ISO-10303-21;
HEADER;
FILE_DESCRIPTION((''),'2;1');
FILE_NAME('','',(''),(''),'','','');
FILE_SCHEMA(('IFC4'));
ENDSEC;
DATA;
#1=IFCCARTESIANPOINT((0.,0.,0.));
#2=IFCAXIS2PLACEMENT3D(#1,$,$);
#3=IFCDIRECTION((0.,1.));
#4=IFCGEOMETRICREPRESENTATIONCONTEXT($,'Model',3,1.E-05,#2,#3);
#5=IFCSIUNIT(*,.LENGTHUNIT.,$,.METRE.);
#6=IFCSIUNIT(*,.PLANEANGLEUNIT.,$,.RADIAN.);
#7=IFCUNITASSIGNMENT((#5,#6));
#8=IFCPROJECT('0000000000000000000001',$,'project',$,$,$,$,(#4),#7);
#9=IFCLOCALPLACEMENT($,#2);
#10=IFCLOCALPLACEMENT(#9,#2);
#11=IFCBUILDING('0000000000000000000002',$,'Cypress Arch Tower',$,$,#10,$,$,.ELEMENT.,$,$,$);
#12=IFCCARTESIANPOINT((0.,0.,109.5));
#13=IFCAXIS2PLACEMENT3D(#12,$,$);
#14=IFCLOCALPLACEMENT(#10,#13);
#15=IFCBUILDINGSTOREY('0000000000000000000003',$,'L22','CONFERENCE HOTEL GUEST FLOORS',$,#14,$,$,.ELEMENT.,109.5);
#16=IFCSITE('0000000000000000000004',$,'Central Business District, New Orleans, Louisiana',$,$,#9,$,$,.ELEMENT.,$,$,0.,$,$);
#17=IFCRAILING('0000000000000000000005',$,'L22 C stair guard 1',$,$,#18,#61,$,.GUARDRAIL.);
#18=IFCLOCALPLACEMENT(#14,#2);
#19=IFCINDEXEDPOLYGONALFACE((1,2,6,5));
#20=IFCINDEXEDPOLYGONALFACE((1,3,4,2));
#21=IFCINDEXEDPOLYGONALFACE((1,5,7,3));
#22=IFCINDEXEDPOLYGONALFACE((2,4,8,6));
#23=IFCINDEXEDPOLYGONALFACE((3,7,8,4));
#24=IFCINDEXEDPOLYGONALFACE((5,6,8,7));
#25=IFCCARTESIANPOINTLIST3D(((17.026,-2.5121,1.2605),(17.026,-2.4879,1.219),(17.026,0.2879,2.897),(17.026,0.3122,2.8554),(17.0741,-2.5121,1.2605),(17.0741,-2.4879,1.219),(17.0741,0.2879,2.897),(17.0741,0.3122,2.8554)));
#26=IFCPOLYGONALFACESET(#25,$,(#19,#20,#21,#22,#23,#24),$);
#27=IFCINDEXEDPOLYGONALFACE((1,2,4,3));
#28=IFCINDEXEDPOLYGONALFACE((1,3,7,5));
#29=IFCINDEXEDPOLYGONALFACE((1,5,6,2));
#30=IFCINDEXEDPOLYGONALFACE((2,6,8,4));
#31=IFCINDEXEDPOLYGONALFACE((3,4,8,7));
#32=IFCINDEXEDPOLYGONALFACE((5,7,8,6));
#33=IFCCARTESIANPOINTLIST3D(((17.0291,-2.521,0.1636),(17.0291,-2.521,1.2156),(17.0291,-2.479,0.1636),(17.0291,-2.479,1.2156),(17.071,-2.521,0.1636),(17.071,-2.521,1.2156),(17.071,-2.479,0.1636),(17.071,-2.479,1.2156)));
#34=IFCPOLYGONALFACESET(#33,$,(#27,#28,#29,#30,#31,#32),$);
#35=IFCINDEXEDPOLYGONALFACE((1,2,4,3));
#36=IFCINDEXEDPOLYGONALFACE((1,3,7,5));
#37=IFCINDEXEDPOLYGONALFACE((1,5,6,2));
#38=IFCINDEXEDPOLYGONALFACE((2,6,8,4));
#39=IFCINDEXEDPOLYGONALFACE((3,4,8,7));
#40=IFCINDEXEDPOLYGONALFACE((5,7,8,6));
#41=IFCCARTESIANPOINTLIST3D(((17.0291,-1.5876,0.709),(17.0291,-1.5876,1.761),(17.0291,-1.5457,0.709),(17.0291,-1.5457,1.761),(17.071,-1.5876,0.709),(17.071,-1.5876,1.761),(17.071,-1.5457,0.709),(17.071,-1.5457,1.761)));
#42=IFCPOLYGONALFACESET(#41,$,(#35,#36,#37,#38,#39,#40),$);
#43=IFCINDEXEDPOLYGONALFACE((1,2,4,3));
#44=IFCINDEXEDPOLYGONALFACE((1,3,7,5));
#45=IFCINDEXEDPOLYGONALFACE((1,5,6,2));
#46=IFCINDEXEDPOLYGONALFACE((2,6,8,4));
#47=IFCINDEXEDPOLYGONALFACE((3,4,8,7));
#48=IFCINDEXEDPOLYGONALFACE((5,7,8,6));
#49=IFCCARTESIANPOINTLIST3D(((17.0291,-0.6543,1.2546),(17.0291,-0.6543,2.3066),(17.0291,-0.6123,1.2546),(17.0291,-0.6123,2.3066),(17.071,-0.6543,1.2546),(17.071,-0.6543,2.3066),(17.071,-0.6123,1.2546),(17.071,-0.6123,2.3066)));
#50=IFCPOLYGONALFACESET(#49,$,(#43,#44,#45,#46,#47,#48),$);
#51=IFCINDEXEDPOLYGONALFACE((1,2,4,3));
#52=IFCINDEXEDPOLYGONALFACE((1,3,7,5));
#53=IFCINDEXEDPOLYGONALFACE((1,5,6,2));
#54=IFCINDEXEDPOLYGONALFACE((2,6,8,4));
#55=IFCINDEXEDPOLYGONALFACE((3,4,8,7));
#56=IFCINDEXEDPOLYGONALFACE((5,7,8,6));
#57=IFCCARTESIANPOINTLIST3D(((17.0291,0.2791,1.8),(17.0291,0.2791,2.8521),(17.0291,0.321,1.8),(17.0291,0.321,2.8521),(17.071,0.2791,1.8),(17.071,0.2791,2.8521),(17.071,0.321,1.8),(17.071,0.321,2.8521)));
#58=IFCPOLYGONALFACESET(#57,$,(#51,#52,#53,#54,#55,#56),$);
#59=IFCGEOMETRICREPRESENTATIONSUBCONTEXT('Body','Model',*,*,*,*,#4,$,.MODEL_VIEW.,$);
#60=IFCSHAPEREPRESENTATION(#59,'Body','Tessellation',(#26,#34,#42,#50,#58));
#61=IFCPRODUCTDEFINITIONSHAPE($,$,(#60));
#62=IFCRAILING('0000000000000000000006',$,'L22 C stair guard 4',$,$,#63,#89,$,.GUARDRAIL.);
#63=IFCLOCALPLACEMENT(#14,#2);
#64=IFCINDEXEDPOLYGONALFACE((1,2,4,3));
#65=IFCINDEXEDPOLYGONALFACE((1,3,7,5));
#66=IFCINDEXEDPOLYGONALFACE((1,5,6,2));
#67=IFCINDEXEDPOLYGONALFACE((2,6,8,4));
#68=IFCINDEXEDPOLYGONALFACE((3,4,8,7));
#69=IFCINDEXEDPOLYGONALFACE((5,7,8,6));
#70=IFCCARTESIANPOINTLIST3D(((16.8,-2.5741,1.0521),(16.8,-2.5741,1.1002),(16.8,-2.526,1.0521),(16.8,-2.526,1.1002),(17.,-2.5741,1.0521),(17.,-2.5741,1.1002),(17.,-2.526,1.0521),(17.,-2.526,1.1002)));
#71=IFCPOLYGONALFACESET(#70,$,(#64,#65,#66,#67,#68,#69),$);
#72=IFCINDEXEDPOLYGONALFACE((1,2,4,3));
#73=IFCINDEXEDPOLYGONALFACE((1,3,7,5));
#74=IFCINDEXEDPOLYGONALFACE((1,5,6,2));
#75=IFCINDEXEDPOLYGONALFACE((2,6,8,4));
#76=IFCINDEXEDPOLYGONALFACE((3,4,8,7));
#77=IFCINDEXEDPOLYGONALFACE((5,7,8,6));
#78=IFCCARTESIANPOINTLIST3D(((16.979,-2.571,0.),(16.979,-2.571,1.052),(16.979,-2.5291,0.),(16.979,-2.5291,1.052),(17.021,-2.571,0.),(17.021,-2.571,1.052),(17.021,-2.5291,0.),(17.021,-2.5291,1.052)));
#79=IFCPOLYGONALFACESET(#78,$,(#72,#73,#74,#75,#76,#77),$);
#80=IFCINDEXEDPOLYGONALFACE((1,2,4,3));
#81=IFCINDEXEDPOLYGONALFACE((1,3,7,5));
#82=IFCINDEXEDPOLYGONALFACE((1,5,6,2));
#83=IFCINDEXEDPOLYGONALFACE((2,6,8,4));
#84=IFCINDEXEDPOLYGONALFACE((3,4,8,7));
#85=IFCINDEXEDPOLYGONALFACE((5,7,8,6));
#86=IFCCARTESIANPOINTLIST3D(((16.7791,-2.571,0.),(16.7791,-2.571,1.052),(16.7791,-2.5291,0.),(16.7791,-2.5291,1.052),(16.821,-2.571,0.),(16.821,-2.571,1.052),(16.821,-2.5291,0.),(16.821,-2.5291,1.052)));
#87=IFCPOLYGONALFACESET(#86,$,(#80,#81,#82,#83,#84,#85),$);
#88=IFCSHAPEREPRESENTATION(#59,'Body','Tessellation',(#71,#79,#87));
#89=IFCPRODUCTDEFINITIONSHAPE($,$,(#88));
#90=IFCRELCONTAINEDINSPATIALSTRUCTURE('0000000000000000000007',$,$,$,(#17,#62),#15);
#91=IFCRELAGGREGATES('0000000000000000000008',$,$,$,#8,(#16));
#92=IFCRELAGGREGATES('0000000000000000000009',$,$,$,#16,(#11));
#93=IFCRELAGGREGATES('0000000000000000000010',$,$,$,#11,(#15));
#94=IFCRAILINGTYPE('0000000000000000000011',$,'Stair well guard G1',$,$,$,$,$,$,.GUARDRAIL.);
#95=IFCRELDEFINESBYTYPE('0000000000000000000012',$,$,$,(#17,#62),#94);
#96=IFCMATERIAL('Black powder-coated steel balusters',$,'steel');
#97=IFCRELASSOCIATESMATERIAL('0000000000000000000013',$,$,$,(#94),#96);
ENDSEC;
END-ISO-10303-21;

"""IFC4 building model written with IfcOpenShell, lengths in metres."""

from ifc_helpers import new_model, si_unit, direction, frame, origin, origin_2d, place, context, subcontext, project, spatial, rectangle, extrude, material, type_object, element, save


model = new_model("IFC4")

# Units and contexts
model_context = context("Model", 3, precision=1e-05, world=origin(), true_north=direction((0.0, 1.0)))
body_context = subcontext(model_context, "Body", "Model", "MODEL_VIEW")
ifc_project = project(units=[si_unit("LENGTHUNIT", "METRE"), si_unit("PLANEANGLEUNIT", "RADIAN")], contexts=[model_context])

# Site, building, storey
site_placement = place(None, origin())
site = spatial("IfcSite", under=ifc_project, at=site_placement, Name="Central Business District, New Orleans, Louisiana", CompositionType="ELEMENT", RefElevation=0.0)
building_placement = place(site_placement, origin())
building = spatial("IfcBuilding", under=site, at=building_placement, Name="Cypress Arch Tower", CompositionType="ELEMENT")
storey_placement = place(building_placement, frame((0.0, 0.0, 109.5)))
storey = spatial("IfcBuildingStorey", under=building, at=storey_placement, Name="L22", Description="CONFERENCE HOTEL GUEST FLOORS", CompositionType="ELEMENT", Elevation=109.5)

# Railings
ifc_material_1 = material(Name="Black powder-coated steel balusters", Category="steel")
railing_type_1 = type_object("IfcRailingType", Name="Stair well guard G1", PredefinedType="GUARDRAIL", material=ifc_material_1)
railing_1_placement = place(storey_placement, frame((17.05, -2.5, 0.1636)))
element("IfcRailing", 1, at=railing_1_placement, inside=storey, type_object=railing_type_1, Name="L22 C stair guard 1", PredefinedType="GUARDRAIL", context=body_context, shape_type="SweptSolid", body=[
    extrude(rectangle(XDim=0.0481, YDim=0.0481, at=origin_2d()), frame((0.0, 0.0, 1.0762), z_axis=(0.0, 0.863361, 0.504587), x_axis=(-1.0, 0.0, 0.0)), (0.0, 0.0, 1.0), 3.2432),
    extrude(rectangle(XDim=0.042, YDim=0.042, at=origin_2d()), origin(), (0.0, 0.0, 1.0), 1.052),
    extrude(rectangle(XDim=0.042, YDim=0.042, at=origin_2d()), frame((0.0, 0.9333, 0.5454)), (0.0, 0.0, 1.0), 1.052),
    extrude(rectangle(XDim=0.042, YDim=0.042, at=origin_2d()), frame((0.0, 1.8667, 1.0911)), (0.0, 0.0, 1.0), 1.052),
    extrude(rectangle(XDim=0.042, YDim=0.042, at=origin_2d()), frame((0.0, 2.8, 1.6365)), (0.0, 0.0, 1.0), 1.052),
])
railing_2_placement = place(storey_placement, frame((17.0, -2.55, 0.0)))
element("IfcRailing", 2, at=railing_2_placement, inside=storey, type_object=railing_type_1, Name="L22 C stair guard 4", PredefinedType="GUARDRAIL", context=body_context, shape_type="SweptSolid", body=[
    extrude(rectangle(XDim=0.0481, YDim=0.0481, at=origin_2d()), frame((0.0, 0.0, 1.0762), z_axis=(-1.0, 0.0, 0.0), x_axis=(0.0, -1.0, 0.0)), (0.0, 0.0, 1.0), 0.2),
    extrude(rectangle(XDim=0.042, YDim=0.042, at=origin_2d()), origin(), (0.0, 0.0, 1.0), 1.052),
    extrude(rectangle(XDim=0.042, YDim=0.042, at=origin_2d()), frame((-0.2, 0.0, 0.0)), (0.0, 0.0, 1.0), 1.052),
])

save(model, "model.ifc")
